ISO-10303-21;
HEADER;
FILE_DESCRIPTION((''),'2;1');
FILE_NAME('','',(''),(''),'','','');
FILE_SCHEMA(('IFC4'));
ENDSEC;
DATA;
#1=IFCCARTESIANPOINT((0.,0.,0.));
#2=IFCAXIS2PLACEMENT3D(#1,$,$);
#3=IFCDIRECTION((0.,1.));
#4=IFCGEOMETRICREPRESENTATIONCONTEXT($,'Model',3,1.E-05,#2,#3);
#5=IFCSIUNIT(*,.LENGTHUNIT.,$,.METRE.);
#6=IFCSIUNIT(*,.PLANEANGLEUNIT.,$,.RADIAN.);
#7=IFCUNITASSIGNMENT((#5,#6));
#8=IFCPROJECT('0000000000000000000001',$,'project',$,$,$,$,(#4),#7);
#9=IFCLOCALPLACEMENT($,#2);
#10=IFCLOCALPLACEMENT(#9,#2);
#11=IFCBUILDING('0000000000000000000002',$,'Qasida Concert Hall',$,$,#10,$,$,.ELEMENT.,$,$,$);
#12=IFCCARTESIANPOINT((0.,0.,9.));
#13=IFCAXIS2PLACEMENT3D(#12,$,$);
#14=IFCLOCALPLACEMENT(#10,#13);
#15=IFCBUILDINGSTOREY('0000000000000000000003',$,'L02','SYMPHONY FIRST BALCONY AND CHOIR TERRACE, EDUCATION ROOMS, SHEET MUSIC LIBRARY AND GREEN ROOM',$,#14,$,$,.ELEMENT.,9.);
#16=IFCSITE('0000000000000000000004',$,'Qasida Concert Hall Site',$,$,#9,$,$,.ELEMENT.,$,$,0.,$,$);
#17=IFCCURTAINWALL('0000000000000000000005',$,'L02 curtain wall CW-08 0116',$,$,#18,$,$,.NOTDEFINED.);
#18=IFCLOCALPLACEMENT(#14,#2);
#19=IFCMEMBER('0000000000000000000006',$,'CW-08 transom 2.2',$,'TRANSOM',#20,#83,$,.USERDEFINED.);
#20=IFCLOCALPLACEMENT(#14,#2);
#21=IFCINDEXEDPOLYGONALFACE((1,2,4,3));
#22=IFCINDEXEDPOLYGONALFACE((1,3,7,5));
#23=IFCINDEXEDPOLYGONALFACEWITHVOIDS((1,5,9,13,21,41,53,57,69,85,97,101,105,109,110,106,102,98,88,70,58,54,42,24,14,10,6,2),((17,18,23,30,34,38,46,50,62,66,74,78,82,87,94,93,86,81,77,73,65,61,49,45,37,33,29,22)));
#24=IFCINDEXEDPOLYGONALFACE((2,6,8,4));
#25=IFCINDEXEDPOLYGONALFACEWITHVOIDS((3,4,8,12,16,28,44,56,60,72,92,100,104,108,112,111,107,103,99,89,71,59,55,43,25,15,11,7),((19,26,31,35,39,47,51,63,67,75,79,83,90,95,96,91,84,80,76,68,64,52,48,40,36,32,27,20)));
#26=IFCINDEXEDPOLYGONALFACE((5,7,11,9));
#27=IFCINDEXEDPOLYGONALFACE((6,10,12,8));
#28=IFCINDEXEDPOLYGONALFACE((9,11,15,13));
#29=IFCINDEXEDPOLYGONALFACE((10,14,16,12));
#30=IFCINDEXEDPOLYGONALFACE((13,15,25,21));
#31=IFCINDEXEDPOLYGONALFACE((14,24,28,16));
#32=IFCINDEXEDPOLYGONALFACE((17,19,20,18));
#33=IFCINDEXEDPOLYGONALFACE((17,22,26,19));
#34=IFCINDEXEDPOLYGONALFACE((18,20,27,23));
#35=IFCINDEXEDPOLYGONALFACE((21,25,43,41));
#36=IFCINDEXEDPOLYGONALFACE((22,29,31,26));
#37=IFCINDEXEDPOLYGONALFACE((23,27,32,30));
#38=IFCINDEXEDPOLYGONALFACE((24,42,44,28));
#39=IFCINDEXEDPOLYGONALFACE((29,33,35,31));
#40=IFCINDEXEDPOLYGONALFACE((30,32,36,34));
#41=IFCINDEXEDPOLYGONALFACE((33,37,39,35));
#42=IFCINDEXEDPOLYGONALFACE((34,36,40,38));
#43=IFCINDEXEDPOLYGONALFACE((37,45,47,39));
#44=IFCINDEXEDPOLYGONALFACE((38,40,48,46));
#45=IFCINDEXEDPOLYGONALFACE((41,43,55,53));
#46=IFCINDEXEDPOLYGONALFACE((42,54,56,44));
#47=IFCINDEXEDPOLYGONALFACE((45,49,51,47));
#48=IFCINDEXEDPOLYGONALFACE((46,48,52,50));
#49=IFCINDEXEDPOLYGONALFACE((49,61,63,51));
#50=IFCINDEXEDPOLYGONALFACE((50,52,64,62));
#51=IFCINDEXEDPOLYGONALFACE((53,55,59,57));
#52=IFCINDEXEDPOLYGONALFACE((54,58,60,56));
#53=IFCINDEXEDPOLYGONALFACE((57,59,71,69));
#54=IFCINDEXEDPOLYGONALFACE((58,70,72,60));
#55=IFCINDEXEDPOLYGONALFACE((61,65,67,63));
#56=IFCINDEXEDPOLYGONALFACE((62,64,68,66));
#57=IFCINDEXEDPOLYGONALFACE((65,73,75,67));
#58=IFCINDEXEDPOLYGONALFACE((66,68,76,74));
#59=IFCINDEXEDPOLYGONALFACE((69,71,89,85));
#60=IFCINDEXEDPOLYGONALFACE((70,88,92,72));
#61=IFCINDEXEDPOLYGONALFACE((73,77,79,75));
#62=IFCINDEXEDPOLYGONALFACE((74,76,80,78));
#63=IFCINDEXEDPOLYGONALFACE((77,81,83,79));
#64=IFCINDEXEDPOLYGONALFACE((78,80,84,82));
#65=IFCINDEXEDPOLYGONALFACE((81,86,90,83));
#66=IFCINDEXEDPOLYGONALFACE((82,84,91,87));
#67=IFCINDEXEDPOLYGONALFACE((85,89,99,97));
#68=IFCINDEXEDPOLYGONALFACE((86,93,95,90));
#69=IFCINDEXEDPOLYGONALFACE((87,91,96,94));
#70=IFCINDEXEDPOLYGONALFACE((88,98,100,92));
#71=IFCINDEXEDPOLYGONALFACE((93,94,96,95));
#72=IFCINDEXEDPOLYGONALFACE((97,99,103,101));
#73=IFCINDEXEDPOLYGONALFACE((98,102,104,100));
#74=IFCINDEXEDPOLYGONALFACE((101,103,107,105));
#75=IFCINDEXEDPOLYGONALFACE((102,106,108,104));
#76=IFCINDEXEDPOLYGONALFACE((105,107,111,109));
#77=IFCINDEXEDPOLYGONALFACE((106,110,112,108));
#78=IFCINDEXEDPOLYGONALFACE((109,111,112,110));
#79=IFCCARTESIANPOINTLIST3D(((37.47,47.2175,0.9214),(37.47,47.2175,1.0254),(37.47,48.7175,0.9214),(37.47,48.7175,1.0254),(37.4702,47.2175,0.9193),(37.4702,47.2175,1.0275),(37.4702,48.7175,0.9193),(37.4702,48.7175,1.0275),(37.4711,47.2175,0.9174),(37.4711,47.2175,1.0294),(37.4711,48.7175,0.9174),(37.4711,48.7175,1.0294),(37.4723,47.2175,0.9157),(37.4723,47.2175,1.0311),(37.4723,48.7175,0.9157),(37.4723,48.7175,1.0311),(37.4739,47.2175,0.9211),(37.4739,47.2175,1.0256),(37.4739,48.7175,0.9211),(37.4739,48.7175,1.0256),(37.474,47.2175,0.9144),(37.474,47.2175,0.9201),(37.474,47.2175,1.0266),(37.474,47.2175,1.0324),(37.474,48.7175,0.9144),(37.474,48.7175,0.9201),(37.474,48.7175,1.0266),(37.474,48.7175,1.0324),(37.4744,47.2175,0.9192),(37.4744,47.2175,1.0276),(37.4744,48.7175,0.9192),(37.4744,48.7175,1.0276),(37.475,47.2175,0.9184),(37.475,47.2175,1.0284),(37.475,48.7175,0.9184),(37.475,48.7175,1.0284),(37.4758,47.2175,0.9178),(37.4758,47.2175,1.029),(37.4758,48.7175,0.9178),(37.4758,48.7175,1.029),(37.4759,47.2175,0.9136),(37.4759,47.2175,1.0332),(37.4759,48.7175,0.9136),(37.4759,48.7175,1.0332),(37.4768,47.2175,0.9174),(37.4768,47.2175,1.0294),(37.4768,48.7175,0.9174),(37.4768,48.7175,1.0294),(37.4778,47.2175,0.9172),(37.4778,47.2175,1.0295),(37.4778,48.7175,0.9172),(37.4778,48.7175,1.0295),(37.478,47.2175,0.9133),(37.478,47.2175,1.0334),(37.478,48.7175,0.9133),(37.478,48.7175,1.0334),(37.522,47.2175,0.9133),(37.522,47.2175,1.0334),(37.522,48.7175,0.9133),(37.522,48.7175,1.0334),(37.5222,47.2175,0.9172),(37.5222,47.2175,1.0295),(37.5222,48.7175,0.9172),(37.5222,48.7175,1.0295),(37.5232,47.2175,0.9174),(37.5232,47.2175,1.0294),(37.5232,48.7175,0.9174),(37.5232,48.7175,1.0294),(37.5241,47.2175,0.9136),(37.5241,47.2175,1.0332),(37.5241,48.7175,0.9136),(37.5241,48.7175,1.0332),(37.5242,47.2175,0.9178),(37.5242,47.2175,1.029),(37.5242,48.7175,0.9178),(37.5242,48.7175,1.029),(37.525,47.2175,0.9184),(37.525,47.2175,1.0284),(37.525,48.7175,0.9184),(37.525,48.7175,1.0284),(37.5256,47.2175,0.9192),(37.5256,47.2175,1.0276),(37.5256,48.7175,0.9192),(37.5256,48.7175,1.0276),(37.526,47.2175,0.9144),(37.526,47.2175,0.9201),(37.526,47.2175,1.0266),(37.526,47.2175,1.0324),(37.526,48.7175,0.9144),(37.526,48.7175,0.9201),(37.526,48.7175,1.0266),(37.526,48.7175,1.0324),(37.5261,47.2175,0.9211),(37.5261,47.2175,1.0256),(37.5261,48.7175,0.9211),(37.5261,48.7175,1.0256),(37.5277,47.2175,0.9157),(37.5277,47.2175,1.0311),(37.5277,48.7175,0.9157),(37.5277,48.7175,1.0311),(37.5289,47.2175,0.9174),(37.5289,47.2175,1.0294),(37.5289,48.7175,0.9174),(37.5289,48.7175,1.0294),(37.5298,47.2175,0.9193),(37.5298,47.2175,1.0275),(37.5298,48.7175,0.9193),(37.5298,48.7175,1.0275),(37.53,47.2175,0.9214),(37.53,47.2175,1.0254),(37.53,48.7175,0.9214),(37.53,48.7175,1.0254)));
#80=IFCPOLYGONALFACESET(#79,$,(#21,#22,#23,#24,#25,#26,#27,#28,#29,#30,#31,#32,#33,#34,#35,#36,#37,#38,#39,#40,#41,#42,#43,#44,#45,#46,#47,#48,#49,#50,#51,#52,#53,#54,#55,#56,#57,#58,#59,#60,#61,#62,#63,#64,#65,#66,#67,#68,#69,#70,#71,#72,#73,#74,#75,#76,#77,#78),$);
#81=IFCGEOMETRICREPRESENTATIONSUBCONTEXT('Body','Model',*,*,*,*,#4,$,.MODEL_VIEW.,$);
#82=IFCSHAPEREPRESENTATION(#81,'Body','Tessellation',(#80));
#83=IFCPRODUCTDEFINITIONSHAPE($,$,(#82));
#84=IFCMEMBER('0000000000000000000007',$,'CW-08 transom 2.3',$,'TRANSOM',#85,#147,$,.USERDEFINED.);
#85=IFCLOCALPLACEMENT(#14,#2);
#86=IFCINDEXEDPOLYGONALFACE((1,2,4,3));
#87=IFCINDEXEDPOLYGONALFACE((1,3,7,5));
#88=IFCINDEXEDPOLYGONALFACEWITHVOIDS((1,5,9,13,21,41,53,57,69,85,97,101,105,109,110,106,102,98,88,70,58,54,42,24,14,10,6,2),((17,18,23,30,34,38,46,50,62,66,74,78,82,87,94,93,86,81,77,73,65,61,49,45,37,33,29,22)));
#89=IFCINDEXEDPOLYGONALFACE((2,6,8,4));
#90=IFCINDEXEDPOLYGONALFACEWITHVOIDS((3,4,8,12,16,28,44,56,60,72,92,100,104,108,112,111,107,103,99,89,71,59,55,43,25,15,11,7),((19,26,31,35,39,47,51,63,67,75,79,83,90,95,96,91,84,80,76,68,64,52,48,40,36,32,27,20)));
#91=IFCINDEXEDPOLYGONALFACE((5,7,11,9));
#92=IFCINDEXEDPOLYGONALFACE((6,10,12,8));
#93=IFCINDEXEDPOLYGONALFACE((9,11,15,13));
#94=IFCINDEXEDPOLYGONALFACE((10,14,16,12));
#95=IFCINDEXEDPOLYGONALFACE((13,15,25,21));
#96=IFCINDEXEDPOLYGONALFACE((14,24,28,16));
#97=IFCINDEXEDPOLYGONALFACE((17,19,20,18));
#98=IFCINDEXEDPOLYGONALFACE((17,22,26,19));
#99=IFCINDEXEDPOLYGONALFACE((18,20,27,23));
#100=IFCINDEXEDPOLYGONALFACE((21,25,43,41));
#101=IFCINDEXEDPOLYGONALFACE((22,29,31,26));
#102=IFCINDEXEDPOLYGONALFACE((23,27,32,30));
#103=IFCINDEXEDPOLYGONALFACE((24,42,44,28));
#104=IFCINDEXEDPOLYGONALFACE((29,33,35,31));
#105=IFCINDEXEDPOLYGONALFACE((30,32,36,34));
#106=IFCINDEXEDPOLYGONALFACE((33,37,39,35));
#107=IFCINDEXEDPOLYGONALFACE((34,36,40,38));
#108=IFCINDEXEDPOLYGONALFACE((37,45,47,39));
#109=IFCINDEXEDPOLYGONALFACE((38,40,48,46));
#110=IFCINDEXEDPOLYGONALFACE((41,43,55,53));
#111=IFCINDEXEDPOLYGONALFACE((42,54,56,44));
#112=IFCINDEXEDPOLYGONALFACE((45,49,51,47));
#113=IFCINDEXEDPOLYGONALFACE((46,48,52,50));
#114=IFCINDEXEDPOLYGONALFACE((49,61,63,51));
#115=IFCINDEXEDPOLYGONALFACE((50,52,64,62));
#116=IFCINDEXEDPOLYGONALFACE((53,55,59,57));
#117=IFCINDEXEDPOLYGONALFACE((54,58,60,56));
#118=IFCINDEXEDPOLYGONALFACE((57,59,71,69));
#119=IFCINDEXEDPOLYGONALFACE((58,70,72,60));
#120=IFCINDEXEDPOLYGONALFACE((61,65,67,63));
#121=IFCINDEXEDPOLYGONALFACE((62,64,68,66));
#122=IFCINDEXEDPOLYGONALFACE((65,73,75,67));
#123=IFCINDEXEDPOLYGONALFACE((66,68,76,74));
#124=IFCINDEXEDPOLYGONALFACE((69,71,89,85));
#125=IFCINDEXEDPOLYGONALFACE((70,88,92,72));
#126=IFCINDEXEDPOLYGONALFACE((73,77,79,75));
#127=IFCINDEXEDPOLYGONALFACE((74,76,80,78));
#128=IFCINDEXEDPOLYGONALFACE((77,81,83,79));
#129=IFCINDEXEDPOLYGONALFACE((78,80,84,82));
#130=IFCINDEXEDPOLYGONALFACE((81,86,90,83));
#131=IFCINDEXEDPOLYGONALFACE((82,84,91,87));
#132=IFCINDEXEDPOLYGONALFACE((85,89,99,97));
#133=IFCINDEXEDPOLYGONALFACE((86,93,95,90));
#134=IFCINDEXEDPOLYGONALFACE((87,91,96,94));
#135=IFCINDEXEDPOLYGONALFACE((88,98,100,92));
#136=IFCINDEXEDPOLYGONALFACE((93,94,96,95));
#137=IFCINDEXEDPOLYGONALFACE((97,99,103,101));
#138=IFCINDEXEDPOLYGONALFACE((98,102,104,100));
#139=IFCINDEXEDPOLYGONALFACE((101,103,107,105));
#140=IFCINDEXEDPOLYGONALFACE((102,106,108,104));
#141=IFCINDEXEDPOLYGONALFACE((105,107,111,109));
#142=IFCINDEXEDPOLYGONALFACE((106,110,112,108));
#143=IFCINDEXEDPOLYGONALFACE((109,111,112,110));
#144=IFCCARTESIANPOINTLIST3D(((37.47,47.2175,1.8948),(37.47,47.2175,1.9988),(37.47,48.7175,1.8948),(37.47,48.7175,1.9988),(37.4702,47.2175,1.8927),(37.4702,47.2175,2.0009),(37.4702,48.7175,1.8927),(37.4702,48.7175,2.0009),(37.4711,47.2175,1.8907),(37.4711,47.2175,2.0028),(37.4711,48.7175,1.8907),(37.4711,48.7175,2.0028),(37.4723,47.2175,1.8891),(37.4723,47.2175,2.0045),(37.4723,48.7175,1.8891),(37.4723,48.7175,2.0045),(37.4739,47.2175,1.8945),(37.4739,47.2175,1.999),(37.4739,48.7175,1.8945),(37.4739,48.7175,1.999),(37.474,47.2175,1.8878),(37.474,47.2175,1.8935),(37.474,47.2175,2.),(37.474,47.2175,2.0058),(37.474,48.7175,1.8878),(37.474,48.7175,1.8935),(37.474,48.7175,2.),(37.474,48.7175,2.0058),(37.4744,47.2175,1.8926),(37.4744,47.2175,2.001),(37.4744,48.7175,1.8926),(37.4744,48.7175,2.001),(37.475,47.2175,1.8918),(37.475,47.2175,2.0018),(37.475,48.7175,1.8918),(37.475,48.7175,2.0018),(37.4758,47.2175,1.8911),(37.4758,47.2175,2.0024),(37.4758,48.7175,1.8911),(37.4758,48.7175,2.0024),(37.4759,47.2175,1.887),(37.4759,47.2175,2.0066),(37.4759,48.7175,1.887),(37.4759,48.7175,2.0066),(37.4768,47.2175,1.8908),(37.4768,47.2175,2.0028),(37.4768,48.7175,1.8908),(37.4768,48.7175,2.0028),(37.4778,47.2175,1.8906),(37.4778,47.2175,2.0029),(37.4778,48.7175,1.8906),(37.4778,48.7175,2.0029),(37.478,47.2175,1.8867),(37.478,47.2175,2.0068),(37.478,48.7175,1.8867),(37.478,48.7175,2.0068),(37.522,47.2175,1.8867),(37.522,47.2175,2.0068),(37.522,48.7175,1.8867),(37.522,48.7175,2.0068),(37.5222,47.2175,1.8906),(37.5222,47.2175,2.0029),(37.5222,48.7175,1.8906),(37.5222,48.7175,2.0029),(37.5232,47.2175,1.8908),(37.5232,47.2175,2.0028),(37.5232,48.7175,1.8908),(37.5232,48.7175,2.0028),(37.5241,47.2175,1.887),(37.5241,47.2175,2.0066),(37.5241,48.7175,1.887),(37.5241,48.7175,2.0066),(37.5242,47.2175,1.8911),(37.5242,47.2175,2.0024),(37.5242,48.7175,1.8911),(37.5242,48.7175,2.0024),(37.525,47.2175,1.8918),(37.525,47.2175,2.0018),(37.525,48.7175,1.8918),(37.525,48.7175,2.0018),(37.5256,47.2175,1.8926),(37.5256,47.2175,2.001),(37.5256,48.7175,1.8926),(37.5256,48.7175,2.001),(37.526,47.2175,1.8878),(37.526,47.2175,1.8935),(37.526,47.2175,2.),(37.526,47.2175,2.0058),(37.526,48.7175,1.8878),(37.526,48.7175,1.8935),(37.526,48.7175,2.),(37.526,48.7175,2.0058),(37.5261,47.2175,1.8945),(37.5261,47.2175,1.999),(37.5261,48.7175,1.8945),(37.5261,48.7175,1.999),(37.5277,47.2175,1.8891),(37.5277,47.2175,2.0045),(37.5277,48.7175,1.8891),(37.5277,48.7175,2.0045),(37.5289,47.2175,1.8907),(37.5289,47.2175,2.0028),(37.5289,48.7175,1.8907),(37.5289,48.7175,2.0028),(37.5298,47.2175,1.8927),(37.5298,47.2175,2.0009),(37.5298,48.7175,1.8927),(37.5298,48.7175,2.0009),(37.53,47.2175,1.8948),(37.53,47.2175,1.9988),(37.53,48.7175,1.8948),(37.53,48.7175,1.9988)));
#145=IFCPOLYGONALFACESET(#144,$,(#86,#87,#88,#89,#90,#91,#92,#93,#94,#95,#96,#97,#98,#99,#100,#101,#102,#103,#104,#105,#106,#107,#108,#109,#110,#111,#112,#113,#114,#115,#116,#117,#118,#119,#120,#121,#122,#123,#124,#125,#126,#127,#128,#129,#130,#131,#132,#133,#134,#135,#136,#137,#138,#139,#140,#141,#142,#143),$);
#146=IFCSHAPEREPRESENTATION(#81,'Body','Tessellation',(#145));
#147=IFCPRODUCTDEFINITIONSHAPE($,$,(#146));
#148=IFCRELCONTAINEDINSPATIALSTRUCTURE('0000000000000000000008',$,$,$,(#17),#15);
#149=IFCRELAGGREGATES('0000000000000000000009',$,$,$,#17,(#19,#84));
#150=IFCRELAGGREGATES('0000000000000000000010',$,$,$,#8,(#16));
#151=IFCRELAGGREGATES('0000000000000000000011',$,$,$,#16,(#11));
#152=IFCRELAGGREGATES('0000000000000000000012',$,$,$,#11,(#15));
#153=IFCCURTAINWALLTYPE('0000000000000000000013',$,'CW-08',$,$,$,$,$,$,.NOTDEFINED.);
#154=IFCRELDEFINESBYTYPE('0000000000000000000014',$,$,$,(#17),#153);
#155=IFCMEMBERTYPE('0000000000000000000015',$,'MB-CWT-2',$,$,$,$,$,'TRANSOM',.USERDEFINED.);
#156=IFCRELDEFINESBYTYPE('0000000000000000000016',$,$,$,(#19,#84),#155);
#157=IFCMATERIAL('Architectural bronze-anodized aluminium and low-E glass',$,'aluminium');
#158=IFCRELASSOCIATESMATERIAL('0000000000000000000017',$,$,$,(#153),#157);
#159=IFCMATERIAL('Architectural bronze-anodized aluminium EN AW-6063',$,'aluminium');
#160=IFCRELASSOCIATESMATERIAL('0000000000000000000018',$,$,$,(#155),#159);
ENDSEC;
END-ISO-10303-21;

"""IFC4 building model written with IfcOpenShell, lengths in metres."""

from ifc_helpers import new_model, si_unit, direction, frame, origin, origin_2d, place, context, subcontext, project, spatial, hollow_rectangle, extrude, material, material_profile, profile_set, type_object, element, aggregate, save


model = new_model("IFC4")

# Units and contexts
model_context = context("Model", 3, precision=1e-05, world=origin(), true_north=direction((0.0, 1.0)))
body_context = subcontext(model_context, "Body", "Model", "MODEL_VIEW")
ifc_project = project(units=[si_unit("LENGTHUNIT", "METRE"), si_unit("PLANEANGLEUNIT", "RADIAN")], contexts=[model_context])

# Site, building, storey
site_placement = place(None, origin())
site = spatial("IfcSite", under=ifc_project, at=site_placement, Name="Qasida Concert Hall Site", CompositionType="ELEMENT", RefElevation=0.0)
building_placement = place(site_placement, origin())
building = spatial("IfcBuilding", under=site, at=building_placement, Name="Qasida Concert Hall", CompositionType="ELEMENT")
storey_placement = place(building_placement, frame((0.0, 0.0, 9.0)))
storey = spatial("IfcBuildingStorey", under=building, at=storey_placement, Name="L02", Description="SYMPHONY FIRST BALCONY AND CHOIR TERRACE, EDUCATION ROOMS, SHEET MUSIC LIBRARY AND GREEN ROOM", CompositionType="ELEMENT", Elevation=9.0)

# Curtain wall, members
ifc_material_1 = material(Name="Architectural bronze-anodized aluminium and low-E glass", Category="aluminium")
curtain_wall_type = type_object("IfcCurtainWallType", Name="CW-08", PredefinedType="NOTDEFINED", material=ifc_material_1)
curtain_wall_placement = place(storey_placement, origin())
curtain_wall = element("IfcCurtainWall", 1, at=curtain_wall_placement, inside=storey, type_object=curtain_wall_type, Name="L02 curtain wall CW-08 0116", PredefinedType="NOTDEFINED")
ifc_material_2 = material(Name="Architectural bronze-anodized aluminium EN AW-6063", Category="aluminium")
ifc_material_profile_1 = material_profile(ifc_material_2, hollow_rectangle(XDim=0.0601, YDim=0.1201, WallThickness=0.0039, InnerFilletRadius=0.0039, OuterFilletRadius=0.0081, at=origin_2d()), Name="CWT 120x60x4")
ifc_profile_set_1 = profile_set([ifc_material_profile_1], Name="Architectural bronze-anodized aluminium EN AW-6063")
member_type_1 = type_object("IfcMemberType", Name="MB-CWT-2", ElementType="TRANSOM", PredefinedType="USERDEFINED", material=ifc_profile_set_1)
member_1_placement = place(storey_placement, frame((37.5, 47.2175, 0.9734), z_axis=(0.0, 1.0, 0.0), x_axis=(-1.0, 0.0, 0.0)))
member_1 = element("IfcMember", 2, at=member_1_placement, type_object=member_type_1, Name="CW-08 transom 2.2", ObjectType="TRANSOM", PredefinedType="USERDEFINED", context=body_context, shape_type="SweptSolid", body=[
    extrude(hollow_rectangle(XDim=0.0601, YDim=0.1201, WallThickness=0.0039, InnerFilletRadius=0.0039, OuterFilletRadius=0.0081, at=origin_2d()), origin(), (0.0, 0.0, 1.0), 1.5),
])
member_2_placement = place(storey_placement, frame((37.5, 47.2175, 1.9468), z_axis=(0.0, 1.0, 0.0), x_axis=(-1.0, 0.0, 0.0)))
member_2 = element("IfcMember", 3, at=member_2_placement, type_object=member_type_1, Name="CW-08 transom 2.3", ObjectType="TRANSOM", PredefinedType="USERDEFINED", context=body_context, shape_type="SweptSolid", body=[
    extrude(hollow_rectangle(XDim=0.0601, YDim=0.1201, WallThickness=0.0039, InnerFilletRadius=0.0039, OuterFilletRadius=0.0081, at=origin_2d()), origin(), (0.0, 0.0, 1.0), 1.5),
])
aggregate(curtain_wall, [member_1, member_2])

save(model, "model.ifc")
